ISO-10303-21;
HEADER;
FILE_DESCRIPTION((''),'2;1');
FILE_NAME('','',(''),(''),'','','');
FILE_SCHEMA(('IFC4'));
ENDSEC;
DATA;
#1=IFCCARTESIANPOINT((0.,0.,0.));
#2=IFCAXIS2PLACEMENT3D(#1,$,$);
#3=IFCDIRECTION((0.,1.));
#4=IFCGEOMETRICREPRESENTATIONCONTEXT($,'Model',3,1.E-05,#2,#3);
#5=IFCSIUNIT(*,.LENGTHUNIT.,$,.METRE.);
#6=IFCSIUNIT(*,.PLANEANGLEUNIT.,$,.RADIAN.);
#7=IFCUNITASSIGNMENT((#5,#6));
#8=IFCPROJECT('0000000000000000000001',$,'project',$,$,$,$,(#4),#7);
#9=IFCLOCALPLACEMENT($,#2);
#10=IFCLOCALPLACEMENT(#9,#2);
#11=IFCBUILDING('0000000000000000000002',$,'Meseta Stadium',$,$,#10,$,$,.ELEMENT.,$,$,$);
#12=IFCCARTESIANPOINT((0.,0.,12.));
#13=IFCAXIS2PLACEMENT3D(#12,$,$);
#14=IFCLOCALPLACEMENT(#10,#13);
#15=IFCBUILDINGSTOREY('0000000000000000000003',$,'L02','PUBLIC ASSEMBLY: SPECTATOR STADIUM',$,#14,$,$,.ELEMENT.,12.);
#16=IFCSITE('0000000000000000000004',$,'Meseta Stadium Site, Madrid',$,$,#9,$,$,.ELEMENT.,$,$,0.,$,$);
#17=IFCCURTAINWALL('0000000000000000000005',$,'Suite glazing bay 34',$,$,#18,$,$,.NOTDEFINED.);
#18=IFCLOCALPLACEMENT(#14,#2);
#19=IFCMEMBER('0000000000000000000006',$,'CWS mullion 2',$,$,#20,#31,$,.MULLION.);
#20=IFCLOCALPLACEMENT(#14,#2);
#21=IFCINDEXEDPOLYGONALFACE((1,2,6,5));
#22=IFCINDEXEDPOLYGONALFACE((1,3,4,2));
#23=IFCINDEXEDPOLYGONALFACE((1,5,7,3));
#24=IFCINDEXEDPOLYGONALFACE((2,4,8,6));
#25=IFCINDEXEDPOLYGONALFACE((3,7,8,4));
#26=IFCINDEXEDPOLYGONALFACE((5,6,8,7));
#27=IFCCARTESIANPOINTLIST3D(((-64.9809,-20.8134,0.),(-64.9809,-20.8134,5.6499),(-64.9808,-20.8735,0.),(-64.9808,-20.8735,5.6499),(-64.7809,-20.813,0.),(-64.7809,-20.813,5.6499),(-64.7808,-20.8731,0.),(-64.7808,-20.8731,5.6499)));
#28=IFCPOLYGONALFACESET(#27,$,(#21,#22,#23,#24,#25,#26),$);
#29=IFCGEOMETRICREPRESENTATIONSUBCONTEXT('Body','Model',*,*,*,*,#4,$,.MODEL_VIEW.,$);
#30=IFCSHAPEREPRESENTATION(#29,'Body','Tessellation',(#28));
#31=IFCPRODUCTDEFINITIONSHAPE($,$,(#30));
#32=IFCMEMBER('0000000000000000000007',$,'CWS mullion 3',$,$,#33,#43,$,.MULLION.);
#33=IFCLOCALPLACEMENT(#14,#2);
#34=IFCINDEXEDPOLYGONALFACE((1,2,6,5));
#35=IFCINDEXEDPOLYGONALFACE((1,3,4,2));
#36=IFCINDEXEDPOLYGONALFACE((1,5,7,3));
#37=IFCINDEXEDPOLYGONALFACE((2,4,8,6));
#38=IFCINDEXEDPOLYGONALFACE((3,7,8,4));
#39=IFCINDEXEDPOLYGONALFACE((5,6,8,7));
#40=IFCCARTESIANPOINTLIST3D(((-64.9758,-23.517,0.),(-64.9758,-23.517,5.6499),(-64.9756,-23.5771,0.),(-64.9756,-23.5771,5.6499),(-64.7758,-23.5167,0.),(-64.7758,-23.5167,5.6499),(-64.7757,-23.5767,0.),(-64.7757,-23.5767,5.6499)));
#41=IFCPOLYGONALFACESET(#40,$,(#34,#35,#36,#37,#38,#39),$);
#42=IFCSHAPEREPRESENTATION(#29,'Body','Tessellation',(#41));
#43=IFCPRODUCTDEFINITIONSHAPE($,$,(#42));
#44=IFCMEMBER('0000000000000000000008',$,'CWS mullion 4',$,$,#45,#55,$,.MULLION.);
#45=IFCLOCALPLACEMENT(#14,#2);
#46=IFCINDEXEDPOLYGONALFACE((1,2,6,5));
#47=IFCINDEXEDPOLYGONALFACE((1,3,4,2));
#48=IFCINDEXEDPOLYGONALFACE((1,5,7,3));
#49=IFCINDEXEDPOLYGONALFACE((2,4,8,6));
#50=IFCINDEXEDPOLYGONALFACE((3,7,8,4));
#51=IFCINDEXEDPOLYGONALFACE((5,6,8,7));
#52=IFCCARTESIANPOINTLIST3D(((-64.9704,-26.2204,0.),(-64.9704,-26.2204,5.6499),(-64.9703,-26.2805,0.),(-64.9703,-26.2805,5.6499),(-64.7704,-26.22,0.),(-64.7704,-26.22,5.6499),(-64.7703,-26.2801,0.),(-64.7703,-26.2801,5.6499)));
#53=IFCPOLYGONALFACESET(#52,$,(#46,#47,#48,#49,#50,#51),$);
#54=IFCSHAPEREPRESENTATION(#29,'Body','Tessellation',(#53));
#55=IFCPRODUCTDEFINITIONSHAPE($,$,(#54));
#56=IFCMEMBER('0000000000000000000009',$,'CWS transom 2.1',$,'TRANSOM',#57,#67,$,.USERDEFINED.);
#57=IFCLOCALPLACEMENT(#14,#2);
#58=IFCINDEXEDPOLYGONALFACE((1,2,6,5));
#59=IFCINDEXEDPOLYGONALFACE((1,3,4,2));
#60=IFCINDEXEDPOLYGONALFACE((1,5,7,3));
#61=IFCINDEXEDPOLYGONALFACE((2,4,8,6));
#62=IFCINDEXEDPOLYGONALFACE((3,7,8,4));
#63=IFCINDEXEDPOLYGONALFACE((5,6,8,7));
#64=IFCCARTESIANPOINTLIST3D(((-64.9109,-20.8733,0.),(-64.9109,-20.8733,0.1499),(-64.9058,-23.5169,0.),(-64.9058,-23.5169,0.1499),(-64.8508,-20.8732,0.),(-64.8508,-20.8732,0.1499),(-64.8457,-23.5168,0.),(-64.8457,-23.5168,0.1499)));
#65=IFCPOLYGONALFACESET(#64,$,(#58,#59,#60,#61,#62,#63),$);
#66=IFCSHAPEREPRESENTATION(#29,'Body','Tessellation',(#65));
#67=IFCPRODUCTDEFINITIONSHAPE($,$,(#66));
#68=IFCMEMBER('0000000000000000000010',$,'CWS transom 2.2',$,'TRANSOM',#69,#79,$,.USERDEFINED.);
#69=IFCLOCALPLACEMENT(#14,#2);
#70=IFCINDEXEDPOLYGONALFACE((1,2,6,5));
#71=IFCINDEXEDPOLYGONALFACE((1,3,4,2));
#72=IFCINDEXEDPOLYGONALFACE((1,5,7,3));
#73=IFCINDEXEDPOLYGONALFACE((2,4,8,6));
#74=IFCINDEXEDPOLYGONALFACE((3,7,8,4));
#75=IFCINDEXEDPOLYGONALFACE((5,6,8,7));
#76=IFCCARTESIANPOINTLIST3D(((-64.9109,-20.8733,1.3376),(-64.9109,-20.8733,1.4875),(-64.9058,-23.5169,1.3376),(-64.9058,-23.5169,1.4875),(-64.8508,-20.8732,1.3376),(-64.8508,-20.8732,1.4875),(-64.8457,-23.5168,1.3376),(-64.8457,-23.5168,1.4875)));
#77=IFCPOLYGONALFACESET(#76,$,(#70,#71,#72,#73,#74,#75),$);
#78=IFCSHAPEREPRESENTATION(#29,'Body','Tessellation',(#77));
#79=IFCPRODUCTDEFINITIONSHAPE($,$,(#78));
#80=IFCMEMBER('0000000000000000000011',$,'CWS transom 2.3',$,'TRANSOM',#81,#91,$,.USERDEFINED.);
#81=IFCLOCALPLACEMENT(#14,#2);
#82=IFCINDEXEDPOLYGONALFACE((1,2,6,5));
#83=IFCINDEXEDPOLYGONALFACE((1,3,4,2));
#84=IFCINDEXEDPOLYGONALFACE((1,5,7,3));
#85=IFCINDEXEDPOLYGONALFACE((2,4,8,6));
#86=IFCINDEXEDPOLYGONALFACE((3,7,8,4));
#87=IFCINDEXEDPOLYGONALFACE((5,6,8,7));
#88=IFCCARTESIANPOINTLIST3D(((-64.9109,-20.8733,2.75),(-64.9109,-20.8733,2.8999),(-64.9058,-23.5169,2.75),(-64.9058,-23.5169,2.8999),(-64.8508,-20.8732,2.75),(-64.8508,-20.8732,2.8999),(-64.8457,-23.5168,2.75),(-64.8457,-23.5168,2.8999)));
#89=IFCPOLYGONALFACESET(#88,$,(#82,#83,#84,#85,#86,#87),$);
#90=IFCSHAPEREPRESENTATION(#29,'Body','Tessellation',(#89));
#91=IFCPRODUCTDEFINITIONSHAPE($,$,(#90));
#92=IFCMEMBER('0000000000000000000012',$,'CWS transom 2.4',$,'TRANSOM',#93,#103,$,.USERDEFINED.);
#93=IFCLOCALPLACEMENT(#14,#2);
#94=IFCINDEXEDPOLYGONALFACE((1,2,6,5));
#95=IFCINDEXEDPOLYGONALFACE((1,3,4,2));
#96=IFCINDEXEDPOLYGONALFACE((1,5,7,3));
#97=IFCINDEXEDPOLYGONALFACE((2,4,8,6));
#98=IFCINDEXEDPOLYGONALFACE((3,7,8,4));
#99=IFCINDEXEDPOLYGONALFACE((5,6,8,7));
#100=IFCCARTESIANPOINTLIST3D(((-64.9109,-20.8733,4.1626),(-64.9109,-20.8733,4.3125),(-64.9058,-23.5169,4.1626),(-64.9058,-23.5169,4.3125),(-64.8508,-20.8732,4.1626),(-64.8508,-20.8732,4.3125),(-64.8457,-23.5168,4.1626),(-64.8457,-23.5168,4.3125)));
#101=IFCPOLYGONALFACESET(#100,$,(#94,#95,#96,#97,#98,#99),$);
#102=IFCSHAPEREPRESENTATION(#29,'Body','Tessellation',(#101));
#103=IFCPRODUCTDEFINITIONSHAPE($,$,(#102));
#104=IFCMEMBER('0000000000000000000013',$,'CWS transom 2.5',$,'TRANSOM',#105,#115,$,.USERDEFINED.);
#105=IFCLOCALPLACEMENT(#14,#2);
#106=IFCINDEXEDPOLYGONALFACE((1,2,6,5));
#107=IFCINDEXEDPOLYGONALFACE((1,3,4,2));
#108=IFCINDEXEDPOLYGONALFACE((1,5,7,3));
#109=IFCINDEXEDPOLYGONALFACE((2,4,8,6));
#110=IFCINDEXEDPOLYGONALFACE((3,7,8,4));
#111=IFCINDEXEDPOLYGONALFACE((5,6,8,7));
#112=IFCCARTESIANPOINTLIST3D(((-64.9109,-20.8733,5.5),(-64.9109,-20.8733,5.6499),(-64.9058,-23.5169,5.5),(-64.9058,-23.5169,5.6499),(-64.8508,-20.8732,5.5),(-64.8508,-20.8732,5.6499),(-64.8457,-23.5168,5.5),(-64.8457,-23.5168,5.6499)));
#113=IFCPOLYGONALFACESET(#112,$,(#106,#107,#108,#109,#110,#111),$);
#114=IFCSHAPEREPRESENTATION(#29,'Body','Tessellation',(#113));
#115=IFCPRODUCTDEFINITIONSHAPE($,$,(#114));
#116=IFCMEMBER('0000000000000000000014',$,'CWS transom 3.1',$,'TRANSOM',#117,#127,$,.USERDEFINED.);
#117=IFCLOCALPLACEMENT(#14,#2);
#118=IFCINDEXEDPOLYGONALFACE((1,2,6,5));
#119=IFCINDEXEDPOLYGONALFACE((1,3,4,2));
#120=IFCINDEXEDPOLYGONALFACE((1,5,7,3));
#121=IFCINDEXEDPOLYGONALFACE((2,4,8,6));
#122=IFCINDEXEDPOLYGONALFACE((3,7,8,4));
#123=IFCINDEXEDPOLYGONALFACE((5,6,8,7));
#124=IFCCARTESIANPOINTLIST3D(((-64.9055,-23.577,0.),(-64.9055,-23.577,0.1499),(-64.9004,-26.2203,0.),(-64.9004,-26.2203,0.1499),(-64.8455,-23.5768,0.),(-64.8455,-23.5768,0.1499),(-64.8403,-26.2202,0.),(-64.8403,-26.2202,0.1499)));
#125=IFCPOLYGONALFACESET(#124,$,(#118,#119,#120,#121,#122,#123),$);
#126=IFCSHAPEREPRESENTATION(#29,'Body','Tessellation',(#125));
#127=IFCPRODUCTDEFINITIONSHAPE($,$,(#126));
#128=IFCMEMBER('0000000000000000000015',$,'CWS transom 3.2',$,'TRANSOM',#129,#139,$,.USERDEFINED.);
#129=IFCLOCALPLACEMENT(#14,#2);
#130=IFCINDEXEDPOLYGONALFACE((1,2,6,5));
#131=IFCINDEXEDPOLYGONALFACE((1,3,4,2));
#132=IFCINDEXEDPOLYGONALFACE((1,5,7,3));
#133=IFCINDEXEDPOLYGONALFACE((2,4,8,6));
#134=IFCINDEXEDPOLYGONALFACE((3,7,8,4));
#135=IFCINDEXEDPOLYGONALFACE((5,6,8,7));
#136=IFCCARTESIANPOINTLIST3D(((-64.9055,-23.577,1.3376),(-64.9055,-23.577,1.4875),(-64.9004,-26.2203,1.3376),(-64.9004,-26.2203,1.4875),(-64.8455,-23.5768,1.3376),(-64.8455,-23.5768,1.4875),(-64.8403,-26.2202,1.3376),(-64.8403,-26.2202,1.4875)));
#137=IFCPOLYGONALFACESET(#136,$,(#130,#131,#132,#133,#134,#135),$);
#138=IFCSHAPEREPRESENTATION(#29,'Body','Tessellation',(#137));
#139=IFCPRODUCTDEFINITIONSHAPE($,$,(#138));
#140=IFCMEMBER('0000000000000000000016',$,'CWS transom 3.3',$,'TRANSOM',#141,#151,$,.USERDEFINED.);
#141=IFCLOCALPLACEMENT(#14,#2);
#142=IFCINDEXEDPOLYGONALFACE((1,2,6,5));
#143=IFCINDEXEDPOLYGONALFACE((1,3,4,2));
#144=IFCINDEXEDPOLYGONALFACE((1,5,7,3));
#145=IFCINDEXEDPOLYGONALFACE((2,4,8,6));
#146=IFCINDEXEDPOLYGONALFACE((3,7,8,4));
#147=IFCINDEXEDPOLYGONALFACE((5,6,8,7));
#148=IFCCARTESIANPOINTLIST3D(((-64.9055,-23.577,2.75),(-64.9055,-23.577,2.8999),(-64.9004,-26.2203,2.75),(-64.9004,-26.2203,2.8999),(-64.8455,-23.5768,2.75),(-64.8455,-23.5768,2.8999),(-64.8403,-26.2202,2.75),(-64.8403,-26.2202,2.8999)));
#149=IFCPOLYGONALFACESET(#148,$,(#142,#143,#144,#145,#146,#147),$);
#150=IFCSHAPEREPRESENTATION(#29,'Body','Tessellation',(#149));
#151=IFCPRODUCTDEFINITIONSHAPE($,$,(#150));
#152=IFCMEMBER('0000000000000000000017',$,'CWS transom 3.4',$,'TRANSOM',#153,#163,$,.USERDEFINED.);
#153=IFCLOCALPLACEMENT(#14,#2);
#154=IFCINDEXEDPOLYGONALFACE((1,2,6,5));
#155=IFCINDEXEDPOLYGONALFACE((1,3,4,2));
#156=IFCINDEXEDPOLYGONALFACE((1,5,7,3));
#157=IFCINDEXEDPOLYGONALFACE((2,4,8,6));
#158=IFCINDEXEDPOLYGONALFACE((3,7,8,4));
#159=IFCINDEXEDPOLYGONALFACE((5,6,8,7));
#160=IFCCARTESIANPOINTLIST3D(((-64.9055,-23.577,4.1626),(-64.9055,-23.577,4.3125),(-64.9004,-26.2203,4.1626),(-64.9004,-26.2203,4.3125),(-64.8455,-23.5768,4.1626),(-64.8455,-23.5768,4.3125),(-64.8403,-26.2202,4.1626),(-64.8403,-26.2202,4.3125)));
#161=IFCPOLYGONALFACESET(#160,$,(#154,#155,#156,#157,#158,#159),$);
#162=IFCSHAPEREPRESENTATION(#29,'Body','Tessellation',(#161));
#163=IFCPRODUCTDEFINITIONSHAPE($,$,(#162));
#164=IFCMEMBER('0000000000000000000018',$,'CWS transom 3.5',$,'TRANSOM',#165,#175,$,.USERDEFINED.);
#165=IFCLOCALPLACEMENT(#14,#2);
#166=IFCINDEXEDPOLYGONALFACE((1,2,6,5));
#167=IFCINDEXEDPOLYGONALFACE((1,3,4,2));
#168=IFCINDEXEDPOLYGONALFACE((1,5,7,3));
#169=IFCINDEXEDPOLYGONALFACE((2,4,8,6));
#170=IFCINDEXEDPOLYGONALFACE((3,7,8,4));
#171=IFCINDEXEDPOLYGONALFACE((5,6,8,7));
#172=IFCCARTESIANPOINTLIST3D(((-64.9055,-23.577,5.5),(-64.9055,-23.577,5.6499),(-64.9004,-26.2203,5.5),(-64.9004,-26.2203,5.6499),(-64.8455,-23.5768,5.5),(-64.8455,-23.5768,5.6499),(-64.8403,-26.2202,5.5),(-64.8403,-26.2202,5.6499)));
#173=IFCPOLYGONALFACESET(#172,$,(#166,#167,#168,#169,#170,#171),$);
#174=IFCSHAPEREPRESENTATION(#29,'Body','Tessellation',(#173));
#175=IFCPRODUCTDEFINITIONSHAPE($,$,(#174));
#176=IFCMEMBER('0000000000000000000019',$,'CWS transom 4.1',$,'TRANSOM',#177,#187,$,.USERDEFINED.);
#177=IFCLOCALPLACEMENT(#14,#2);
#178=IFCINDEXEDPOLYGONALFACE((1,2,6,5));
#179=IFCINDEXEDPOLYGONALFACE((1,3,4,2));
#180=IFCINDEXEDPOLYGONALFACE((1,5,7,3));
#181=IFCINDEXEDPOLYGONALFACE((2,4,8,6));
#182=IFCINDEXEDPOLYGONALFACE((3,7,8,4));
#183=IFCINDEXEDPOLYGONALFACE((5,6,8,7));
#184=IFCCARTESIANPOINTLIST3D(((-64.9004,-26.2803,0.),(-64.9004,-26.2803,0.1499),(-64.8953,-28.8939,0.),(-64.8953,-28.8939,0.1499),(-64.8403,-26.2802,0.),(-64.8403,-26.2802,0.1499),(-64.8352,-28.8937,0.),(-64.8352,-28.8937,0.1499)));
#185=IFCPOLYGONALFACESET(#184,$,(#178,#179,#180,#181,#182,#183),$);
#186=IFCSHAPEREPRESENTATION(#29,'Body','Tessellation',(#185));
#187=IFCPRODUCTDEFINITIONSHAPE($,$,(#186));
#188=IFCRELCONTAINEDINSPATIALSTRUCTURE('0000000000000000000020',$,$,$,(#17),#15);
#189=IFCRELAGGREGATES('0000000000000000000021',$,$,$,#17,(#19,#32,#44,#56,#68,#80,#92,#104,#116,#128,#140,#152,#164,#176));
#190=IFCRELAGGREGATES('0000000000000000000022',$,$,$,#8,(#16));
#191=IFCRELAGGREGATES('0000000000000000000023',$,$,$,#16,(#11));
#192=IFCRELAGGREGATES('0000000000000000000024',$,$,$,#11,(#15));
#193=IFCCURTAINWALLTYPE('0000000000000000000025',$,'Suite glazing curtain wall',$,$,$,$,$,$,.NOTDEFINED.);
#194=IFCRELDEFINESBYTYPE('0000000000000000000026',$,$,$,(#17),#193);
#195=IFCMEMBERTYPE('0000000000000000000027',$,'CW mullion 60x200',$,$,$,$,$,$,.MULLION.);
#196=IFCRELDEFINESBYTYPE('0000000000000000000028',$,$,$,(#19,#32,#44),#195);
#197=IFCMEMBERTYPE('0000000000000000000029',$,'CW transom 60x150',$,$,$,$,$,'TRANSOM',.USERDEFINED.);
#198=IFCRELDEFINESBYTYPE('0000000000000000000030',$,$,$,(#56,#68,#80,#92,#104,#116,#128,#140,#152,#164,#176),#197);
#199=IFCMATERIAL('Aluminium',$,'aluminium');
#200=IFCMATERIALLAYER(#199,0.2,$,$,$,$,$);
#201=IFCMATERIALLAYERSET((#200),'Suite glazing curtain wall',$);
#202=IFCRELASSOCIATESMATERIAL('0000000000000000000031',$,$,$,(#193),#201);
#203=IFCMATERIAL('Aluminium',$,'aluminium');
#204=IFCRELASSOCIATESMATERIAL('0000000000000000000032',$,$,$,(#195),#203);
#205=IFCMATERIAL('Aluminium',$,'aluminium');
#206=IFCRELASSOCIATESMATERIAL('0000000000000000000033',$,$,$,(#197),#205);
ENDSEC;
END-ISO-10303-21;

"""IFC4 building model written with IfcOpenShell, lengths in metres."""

from ifc_helpers import new_model, si_unit, direction, frame, origin, origin_2d, place, context, subcontext, project, spatial, rectangle, extrude, material, layer, layer_set, material_profile, profile_set, type_object, element, aggregate, save


model = new_model("IFC4")

# Units and contexts
model_context = context("Model", 3, precision=1e-05, world=origin(), true_north=direction((0.0, 1.0)))
body_context = subcontext(model_context, "Body", "Model", "MODEL_VIEW")
ifc_project = project(units=[si_unit("LENGTHUNIT", "METRE"), si_unit("PLANEANGLEUNIT", "RADIAN")], contexts=[model_context])

# Site, building, storey
site_placement = place(None, origin())
site = spatial("IfcSite", under=ifc_project, at=site_placement, Name="Meseta Stadium Site, Madrid", CompositionType="ELEMENT", RefElevation=0.0)
building_placement = place(site_placement, origin())
building = spatial("IfcBuilding", under=site, at=building_placement, Name="Meseta Stadium", CompositionType="ELEMENT")
storey_placement = place(building_placement, frame((0.0, 0.0, 12.0)))
storey = spatial("IfcBuildingStorey", under=building, at=storey_placement, Name="L02", Description="PUBLIC ASSEMBLY: SPECTATOR STADIUM", CompositionType="ELEMENT", Elevation=12.0)

# Curtain wall, members
ifc_material_1 = material(Name="Aluminium", Category="aluminium")
ifc_layer_1 = layer(ifc_material_1, 0.2)
ifc_layer_set_1 = layer_set([ifc_layer_1], Name="Suite glazing curtain wall")
curtain_wall_type = type_object("IfcCurtainWallType", Name="Suite glazing curtain wall", PredefinedType="NOTDEFINED", material=ifc_layer_set_1)
curtain_wall_placement = place(storey_placement, origin())
curtain_wall = element("IfcCurtainWall", 1, at=curtain_wall_placement, inside=storey, type_object=curtain_wall_type, Name="Suite glazing bay 34", PredefinedType="NOTDEFINED")
ifc_material_2 = material(Name="Aluminium", Category="aluminium")
ifc_material_profile_1 = material_profile(ifc_material_2, rectangle(XDim=0.2, YDim=0.0601, at=origin_2d()), Name="CW 200x60")
ifc_profile_set_1 = profile_set([ifc_material_profile_1], Name="Aluminium")
member_type_1 = type_object("IfcMemberType", Name="CW mullion 60x200", PredefinedType="MULLION", material=ifc_profile_set_1)
member_1_placement = place(storey_placement, frame((-64.8809, -20.8433, 0.0), z_axis=(0.0, 0.0, 1.0), x_axis=(0.999998, 0.001947, 0.0)))
member_1 = element("IfcMember", 2, at=member_1_placement, type_object=member_type_1, Name="CWS mullion 2", PredefinedType="MULLION", context=body_context, shape_type="SweptSolid", body=[
    extrude(rectangle(XDim=0.2, YDim=0.0601, at=origin_2d()), origin(), (0.0, 0.0, 1.0), 5.6499),
])
member_2_placement = place(storey_placement, frame((-64.8757, -23.5469, 0.0), z_axis=(0.0, 0.0, 1.0), x_axis=(0.999998, 0.001947, 0.0)))
member_2 = element("IfcMember", 3, at=member_2_placement, type_object=member_type_1, Name="CWS mullion 3", PredefinedType="MULLION", context=body_context, shape_type="SweptSolid", body=[
    extrude(rectangle(XDim=0.2, YDim=0.0601, at=origin_2d()), origin(), (0.0, 0.0, 1.0), 5.6499),
])
member_3_placement = place(storey_placement, frame((-64.8704, -26.2502, 0.0), z_axis=(0.0, 0.0, 1.0), x_axis=(0.999998, 0.001947, 0.0)))
member_3 = element("IfcMember", 4, at=member_3_placement, type_object=member_type_1, Name="CWS mullion 4", PredefinedType="MULLION", context=body_context, shape_type="SweptSolid", body=[
    extrude(rectangle(XDim=0.2, YDim=0.0601, at=origin_2d()), origin(), (0.0, 0.0, 1.0), 5.6499),
])
ifc_material_3 = material(Name="Aluminium", Category="aluminium")
ifc_material_profile_2 = material_profile(ifc_material_3, rectangle(XDim=0.0601, YDim=0.1499, at=origin_2d()), Name="CW 60x150")
ifc_profile_set_2 = profile_set([ifc_material_profile_2], Name="Aluminium")
member_type_2 = type_object("IfcMemberType", Name="CW transom 60x150", ElementType="TRANSOM", PredefinedType="USERDEFINED", material=ifc_profile_set_2)
member_4_placement = place(storey_placement, frame((-64.8809, -20.8733, 0.075), z_axis=(0.001939, -0.999998, 0.0), x_axis=(0.999998, 0.001939, 0.0)))
member_4 = element("IfcMember", 5, at=member_4_placement, type_object=member_type_2, Name="CWS transom 2.1", ObjectType="TRANSOM", PredefinedType="USERDEFINED", context=body_context, shape_type="SweptSolid", body=[
    extrude(rectangle(XDim=0.0601, YDim=0.1499, at=origin_2d()), origin(), (0.0, 0.0, 1.0), 2.6436),
])
member_5_placement = place(storey_placement, frame((-64.8809, -20.8733, 1.4126), z_axis=(0.001939, -0.999998, 0.0), x_axis=(0.999998, 0.001939, 0.0)))
member_5 = element("IfcMember", 6, at=member_5_placement, type_object=member_type_2, Name="CWS transom 2.2", ObjectType="TRANSOM", PredefinedType="USERDEFINED", context=body_context, shape_type="SweptSolid", body=[
    extrude(rectangle(XDim=0.0601, YDim=0.1499, at=origin_2d()), origin(), (0.0, 0.0, 1.0), 2.6436),
])
member_6_placement = place(storey_placement, frame((-64.8809, -20.8733, 2.825), z_axis=(0.001939, -0.999998, 0.0), x_axis=(0.999998, 0.001939, 0.0)))
member_6 = element("IfcMember", 7, at=member_6_placement, type_object=member_type_2, Name="CWS transom 2.3", ObjectType="TRANSOM", PredefinedType="USERDEFINED", context=body_context, shape_type="SweptSolid", body=[
    extrude(rectangle(XDim=0.0601, YDim=0.1499, at=origin_2d()), origin(), (0.0, 0.0, 1.0), 2.6436),
])
member_7_placement = place(storey_placement, frame((-64.8809, -20.8733, 4.2375), z_axis=(0.001939, -0.999998, 0.0), x_axis=(0.999998, 0.001939, 0.0)))
member_7 = element("IfcMember", 8, at=member_7_placement, type_object=member_type_2, Name="CWS transom 2.4", ObjectType="TRANSOM", PredefinedType="USERDEFINED", context=body_context, shape_type="SweptSolid", body=[
    extrude(rectangle(XDim=0.0601, YDim=0.1499, at=origin_2d()), origin(), (0.0, 0.0, 1.0), 2.6436),
])
member_8_placement = place(storey_placement, frame((-64.8809, -20.8733, 5.575), z_axis=(0.001939, -0.999998, 0.0), x_axis=(0.999998, 0.001939, 0.0)))
member_8 = element("IfcMember", 9, at=member_8_placement, type_object=member_type_2, Name="CWS transom 2.5", ObjectType="TRANSOM", PredefinedType="USERDEFINED", context=body_context, shape_type="SweptSolid", body=[
    extrude(rectangle(XDim=0.0601, YDim=0.1499, at=origin_2d()), origin(), (0.0, 0.0, 1.0), 2.6436),
])
member_9_placement = place(storey_placement, frame((-64.8755, -23.5769, 0.075), z_axis=(0.00194, -0.999998, 0.0), x_axis=(0.999998, 0.00194, 0.0)))
member_9 = element("IfcMember", 10, at=member_9_placement, type_object=member_type_2, Name="CWS transom 3.1", ObjectType="TRANSOM", PredefinedType="USERDEFINED", context=body_context, shape_type="SweptSolid", body=[
    extrude(rectangle(XDim=0.0601, YDim=0.1499, at=origin_2d()), origin(), (0.0, 0.0, 1.0), 2.6433),
])
member_10_placement = place(storey_placement, frame((-64.8755, -23.5769, 1.4126), z_axis=(0.00194, -0.999998, 0.0), x_axis=(0.999998, 0.00194, 0.0)))
member_10 = element("IfcMember", 11, at=member_10_placement, type_object=member_type_2, Name="CWS transom 3.2", ObjectType="TRANSOM", PredefinedType="USERDEFINED", context=body_context, shape_type="SweptSolid", body=[
    extrude(rectangle(XDim=0.0601, YDim=0.1499, at=origin_2d()), origin(), (0.0, 0.0, 1.0), 2.6433),
])
member_11_placement = place(storey_placement, frame((-64.8755, -23.5769, 2.825), z_axis=(0.00194, -0.999998, 0.0), x_axis=(0.999998, 0.00194, 0.0)))
member_11 = element("IfcMember", 12, at=member_11_placement, type_object=member_type_2, Name="CWS transom 3.3", ObjectType="TRANSOM", PredefinedType="USERDEFINED", context=body_context, shape_type="SweptSolid", body=[
    extrude(rectangle(XDim=0.0601, YDim=0.1499, at=origin_2d()), origin(), (0.0, 0.0, 1.0), 2.6433),
])
member_12_placement = place(storey_placement, frame((-64.8755, -23.5769, 4.2375), z_axis=(0.00194, -0.999998, 0.0), x_axis=(0.999998, 0.00194, 0.0)))
member_12 = element("IfcMember", 13, at=member_12_placement, type_object=member_type_2, Name="CWS transom 3.4", ObjectType="TRANSOM", PredefinedType="USERDEFINED", context=body_context, shape_type="SweptSolid", body=[
    extrude(rectangle(XDim=0.0601, YDim=0.1499, at=origin_2d()), origin(), (0.0, 0.0, 1.0), 2.6433),
])
member_13_placement = place(storey_placement, frame((-64.8755, -23.5769, 5.575), z_axis=(0.00194, -0.999998, 0.0), x_axis=(0.999998, 0.00194, 0.0)))
member_13 = element("IfcMember", 14, at=member_13_placement, type_object=member_type_2, Name="CWS transom 3.5", ObjectType="TRANSOM", PredefinedType="USERDEFINED", context=body_context, shape_type="SweptSolid", body=[
    extrude(rectangle(XDim=0.0601, YDim=0.1499, at=origin_2d()), origin(), (0.0, 0.0, 1.0), 2.6433),
])
member_14_placement = place(storey_placement, frame((-64.8704, -26.2803, 0.075), z_axis=(0.001962, -0.999998, 0.0), x_axis=(0.999998, 0.001962, 0.0)))
member_14 = element("IfcMember", 15, at=member_14_placement, type_object=member_type_2, Name="CWS transom 4.1", ObjectType="TRANSOM", PredefinedType="USERDEFINED", context=body_context, shape_type="SweptSolid", body=[
    extrude(rectangle(XDim=0.0601, YDim=0.1499, at=origin_2d()), origin(), (0.0, 0.0, 1.0), 2.6135),
])
aggregate(curtain_wall, [member_1, member_2, member_3, member_4, member_5, member_6, member_7, member_8, member_9, member_10, member_11, member_12, member_13, member_14])

save(model, "model.ifc")
